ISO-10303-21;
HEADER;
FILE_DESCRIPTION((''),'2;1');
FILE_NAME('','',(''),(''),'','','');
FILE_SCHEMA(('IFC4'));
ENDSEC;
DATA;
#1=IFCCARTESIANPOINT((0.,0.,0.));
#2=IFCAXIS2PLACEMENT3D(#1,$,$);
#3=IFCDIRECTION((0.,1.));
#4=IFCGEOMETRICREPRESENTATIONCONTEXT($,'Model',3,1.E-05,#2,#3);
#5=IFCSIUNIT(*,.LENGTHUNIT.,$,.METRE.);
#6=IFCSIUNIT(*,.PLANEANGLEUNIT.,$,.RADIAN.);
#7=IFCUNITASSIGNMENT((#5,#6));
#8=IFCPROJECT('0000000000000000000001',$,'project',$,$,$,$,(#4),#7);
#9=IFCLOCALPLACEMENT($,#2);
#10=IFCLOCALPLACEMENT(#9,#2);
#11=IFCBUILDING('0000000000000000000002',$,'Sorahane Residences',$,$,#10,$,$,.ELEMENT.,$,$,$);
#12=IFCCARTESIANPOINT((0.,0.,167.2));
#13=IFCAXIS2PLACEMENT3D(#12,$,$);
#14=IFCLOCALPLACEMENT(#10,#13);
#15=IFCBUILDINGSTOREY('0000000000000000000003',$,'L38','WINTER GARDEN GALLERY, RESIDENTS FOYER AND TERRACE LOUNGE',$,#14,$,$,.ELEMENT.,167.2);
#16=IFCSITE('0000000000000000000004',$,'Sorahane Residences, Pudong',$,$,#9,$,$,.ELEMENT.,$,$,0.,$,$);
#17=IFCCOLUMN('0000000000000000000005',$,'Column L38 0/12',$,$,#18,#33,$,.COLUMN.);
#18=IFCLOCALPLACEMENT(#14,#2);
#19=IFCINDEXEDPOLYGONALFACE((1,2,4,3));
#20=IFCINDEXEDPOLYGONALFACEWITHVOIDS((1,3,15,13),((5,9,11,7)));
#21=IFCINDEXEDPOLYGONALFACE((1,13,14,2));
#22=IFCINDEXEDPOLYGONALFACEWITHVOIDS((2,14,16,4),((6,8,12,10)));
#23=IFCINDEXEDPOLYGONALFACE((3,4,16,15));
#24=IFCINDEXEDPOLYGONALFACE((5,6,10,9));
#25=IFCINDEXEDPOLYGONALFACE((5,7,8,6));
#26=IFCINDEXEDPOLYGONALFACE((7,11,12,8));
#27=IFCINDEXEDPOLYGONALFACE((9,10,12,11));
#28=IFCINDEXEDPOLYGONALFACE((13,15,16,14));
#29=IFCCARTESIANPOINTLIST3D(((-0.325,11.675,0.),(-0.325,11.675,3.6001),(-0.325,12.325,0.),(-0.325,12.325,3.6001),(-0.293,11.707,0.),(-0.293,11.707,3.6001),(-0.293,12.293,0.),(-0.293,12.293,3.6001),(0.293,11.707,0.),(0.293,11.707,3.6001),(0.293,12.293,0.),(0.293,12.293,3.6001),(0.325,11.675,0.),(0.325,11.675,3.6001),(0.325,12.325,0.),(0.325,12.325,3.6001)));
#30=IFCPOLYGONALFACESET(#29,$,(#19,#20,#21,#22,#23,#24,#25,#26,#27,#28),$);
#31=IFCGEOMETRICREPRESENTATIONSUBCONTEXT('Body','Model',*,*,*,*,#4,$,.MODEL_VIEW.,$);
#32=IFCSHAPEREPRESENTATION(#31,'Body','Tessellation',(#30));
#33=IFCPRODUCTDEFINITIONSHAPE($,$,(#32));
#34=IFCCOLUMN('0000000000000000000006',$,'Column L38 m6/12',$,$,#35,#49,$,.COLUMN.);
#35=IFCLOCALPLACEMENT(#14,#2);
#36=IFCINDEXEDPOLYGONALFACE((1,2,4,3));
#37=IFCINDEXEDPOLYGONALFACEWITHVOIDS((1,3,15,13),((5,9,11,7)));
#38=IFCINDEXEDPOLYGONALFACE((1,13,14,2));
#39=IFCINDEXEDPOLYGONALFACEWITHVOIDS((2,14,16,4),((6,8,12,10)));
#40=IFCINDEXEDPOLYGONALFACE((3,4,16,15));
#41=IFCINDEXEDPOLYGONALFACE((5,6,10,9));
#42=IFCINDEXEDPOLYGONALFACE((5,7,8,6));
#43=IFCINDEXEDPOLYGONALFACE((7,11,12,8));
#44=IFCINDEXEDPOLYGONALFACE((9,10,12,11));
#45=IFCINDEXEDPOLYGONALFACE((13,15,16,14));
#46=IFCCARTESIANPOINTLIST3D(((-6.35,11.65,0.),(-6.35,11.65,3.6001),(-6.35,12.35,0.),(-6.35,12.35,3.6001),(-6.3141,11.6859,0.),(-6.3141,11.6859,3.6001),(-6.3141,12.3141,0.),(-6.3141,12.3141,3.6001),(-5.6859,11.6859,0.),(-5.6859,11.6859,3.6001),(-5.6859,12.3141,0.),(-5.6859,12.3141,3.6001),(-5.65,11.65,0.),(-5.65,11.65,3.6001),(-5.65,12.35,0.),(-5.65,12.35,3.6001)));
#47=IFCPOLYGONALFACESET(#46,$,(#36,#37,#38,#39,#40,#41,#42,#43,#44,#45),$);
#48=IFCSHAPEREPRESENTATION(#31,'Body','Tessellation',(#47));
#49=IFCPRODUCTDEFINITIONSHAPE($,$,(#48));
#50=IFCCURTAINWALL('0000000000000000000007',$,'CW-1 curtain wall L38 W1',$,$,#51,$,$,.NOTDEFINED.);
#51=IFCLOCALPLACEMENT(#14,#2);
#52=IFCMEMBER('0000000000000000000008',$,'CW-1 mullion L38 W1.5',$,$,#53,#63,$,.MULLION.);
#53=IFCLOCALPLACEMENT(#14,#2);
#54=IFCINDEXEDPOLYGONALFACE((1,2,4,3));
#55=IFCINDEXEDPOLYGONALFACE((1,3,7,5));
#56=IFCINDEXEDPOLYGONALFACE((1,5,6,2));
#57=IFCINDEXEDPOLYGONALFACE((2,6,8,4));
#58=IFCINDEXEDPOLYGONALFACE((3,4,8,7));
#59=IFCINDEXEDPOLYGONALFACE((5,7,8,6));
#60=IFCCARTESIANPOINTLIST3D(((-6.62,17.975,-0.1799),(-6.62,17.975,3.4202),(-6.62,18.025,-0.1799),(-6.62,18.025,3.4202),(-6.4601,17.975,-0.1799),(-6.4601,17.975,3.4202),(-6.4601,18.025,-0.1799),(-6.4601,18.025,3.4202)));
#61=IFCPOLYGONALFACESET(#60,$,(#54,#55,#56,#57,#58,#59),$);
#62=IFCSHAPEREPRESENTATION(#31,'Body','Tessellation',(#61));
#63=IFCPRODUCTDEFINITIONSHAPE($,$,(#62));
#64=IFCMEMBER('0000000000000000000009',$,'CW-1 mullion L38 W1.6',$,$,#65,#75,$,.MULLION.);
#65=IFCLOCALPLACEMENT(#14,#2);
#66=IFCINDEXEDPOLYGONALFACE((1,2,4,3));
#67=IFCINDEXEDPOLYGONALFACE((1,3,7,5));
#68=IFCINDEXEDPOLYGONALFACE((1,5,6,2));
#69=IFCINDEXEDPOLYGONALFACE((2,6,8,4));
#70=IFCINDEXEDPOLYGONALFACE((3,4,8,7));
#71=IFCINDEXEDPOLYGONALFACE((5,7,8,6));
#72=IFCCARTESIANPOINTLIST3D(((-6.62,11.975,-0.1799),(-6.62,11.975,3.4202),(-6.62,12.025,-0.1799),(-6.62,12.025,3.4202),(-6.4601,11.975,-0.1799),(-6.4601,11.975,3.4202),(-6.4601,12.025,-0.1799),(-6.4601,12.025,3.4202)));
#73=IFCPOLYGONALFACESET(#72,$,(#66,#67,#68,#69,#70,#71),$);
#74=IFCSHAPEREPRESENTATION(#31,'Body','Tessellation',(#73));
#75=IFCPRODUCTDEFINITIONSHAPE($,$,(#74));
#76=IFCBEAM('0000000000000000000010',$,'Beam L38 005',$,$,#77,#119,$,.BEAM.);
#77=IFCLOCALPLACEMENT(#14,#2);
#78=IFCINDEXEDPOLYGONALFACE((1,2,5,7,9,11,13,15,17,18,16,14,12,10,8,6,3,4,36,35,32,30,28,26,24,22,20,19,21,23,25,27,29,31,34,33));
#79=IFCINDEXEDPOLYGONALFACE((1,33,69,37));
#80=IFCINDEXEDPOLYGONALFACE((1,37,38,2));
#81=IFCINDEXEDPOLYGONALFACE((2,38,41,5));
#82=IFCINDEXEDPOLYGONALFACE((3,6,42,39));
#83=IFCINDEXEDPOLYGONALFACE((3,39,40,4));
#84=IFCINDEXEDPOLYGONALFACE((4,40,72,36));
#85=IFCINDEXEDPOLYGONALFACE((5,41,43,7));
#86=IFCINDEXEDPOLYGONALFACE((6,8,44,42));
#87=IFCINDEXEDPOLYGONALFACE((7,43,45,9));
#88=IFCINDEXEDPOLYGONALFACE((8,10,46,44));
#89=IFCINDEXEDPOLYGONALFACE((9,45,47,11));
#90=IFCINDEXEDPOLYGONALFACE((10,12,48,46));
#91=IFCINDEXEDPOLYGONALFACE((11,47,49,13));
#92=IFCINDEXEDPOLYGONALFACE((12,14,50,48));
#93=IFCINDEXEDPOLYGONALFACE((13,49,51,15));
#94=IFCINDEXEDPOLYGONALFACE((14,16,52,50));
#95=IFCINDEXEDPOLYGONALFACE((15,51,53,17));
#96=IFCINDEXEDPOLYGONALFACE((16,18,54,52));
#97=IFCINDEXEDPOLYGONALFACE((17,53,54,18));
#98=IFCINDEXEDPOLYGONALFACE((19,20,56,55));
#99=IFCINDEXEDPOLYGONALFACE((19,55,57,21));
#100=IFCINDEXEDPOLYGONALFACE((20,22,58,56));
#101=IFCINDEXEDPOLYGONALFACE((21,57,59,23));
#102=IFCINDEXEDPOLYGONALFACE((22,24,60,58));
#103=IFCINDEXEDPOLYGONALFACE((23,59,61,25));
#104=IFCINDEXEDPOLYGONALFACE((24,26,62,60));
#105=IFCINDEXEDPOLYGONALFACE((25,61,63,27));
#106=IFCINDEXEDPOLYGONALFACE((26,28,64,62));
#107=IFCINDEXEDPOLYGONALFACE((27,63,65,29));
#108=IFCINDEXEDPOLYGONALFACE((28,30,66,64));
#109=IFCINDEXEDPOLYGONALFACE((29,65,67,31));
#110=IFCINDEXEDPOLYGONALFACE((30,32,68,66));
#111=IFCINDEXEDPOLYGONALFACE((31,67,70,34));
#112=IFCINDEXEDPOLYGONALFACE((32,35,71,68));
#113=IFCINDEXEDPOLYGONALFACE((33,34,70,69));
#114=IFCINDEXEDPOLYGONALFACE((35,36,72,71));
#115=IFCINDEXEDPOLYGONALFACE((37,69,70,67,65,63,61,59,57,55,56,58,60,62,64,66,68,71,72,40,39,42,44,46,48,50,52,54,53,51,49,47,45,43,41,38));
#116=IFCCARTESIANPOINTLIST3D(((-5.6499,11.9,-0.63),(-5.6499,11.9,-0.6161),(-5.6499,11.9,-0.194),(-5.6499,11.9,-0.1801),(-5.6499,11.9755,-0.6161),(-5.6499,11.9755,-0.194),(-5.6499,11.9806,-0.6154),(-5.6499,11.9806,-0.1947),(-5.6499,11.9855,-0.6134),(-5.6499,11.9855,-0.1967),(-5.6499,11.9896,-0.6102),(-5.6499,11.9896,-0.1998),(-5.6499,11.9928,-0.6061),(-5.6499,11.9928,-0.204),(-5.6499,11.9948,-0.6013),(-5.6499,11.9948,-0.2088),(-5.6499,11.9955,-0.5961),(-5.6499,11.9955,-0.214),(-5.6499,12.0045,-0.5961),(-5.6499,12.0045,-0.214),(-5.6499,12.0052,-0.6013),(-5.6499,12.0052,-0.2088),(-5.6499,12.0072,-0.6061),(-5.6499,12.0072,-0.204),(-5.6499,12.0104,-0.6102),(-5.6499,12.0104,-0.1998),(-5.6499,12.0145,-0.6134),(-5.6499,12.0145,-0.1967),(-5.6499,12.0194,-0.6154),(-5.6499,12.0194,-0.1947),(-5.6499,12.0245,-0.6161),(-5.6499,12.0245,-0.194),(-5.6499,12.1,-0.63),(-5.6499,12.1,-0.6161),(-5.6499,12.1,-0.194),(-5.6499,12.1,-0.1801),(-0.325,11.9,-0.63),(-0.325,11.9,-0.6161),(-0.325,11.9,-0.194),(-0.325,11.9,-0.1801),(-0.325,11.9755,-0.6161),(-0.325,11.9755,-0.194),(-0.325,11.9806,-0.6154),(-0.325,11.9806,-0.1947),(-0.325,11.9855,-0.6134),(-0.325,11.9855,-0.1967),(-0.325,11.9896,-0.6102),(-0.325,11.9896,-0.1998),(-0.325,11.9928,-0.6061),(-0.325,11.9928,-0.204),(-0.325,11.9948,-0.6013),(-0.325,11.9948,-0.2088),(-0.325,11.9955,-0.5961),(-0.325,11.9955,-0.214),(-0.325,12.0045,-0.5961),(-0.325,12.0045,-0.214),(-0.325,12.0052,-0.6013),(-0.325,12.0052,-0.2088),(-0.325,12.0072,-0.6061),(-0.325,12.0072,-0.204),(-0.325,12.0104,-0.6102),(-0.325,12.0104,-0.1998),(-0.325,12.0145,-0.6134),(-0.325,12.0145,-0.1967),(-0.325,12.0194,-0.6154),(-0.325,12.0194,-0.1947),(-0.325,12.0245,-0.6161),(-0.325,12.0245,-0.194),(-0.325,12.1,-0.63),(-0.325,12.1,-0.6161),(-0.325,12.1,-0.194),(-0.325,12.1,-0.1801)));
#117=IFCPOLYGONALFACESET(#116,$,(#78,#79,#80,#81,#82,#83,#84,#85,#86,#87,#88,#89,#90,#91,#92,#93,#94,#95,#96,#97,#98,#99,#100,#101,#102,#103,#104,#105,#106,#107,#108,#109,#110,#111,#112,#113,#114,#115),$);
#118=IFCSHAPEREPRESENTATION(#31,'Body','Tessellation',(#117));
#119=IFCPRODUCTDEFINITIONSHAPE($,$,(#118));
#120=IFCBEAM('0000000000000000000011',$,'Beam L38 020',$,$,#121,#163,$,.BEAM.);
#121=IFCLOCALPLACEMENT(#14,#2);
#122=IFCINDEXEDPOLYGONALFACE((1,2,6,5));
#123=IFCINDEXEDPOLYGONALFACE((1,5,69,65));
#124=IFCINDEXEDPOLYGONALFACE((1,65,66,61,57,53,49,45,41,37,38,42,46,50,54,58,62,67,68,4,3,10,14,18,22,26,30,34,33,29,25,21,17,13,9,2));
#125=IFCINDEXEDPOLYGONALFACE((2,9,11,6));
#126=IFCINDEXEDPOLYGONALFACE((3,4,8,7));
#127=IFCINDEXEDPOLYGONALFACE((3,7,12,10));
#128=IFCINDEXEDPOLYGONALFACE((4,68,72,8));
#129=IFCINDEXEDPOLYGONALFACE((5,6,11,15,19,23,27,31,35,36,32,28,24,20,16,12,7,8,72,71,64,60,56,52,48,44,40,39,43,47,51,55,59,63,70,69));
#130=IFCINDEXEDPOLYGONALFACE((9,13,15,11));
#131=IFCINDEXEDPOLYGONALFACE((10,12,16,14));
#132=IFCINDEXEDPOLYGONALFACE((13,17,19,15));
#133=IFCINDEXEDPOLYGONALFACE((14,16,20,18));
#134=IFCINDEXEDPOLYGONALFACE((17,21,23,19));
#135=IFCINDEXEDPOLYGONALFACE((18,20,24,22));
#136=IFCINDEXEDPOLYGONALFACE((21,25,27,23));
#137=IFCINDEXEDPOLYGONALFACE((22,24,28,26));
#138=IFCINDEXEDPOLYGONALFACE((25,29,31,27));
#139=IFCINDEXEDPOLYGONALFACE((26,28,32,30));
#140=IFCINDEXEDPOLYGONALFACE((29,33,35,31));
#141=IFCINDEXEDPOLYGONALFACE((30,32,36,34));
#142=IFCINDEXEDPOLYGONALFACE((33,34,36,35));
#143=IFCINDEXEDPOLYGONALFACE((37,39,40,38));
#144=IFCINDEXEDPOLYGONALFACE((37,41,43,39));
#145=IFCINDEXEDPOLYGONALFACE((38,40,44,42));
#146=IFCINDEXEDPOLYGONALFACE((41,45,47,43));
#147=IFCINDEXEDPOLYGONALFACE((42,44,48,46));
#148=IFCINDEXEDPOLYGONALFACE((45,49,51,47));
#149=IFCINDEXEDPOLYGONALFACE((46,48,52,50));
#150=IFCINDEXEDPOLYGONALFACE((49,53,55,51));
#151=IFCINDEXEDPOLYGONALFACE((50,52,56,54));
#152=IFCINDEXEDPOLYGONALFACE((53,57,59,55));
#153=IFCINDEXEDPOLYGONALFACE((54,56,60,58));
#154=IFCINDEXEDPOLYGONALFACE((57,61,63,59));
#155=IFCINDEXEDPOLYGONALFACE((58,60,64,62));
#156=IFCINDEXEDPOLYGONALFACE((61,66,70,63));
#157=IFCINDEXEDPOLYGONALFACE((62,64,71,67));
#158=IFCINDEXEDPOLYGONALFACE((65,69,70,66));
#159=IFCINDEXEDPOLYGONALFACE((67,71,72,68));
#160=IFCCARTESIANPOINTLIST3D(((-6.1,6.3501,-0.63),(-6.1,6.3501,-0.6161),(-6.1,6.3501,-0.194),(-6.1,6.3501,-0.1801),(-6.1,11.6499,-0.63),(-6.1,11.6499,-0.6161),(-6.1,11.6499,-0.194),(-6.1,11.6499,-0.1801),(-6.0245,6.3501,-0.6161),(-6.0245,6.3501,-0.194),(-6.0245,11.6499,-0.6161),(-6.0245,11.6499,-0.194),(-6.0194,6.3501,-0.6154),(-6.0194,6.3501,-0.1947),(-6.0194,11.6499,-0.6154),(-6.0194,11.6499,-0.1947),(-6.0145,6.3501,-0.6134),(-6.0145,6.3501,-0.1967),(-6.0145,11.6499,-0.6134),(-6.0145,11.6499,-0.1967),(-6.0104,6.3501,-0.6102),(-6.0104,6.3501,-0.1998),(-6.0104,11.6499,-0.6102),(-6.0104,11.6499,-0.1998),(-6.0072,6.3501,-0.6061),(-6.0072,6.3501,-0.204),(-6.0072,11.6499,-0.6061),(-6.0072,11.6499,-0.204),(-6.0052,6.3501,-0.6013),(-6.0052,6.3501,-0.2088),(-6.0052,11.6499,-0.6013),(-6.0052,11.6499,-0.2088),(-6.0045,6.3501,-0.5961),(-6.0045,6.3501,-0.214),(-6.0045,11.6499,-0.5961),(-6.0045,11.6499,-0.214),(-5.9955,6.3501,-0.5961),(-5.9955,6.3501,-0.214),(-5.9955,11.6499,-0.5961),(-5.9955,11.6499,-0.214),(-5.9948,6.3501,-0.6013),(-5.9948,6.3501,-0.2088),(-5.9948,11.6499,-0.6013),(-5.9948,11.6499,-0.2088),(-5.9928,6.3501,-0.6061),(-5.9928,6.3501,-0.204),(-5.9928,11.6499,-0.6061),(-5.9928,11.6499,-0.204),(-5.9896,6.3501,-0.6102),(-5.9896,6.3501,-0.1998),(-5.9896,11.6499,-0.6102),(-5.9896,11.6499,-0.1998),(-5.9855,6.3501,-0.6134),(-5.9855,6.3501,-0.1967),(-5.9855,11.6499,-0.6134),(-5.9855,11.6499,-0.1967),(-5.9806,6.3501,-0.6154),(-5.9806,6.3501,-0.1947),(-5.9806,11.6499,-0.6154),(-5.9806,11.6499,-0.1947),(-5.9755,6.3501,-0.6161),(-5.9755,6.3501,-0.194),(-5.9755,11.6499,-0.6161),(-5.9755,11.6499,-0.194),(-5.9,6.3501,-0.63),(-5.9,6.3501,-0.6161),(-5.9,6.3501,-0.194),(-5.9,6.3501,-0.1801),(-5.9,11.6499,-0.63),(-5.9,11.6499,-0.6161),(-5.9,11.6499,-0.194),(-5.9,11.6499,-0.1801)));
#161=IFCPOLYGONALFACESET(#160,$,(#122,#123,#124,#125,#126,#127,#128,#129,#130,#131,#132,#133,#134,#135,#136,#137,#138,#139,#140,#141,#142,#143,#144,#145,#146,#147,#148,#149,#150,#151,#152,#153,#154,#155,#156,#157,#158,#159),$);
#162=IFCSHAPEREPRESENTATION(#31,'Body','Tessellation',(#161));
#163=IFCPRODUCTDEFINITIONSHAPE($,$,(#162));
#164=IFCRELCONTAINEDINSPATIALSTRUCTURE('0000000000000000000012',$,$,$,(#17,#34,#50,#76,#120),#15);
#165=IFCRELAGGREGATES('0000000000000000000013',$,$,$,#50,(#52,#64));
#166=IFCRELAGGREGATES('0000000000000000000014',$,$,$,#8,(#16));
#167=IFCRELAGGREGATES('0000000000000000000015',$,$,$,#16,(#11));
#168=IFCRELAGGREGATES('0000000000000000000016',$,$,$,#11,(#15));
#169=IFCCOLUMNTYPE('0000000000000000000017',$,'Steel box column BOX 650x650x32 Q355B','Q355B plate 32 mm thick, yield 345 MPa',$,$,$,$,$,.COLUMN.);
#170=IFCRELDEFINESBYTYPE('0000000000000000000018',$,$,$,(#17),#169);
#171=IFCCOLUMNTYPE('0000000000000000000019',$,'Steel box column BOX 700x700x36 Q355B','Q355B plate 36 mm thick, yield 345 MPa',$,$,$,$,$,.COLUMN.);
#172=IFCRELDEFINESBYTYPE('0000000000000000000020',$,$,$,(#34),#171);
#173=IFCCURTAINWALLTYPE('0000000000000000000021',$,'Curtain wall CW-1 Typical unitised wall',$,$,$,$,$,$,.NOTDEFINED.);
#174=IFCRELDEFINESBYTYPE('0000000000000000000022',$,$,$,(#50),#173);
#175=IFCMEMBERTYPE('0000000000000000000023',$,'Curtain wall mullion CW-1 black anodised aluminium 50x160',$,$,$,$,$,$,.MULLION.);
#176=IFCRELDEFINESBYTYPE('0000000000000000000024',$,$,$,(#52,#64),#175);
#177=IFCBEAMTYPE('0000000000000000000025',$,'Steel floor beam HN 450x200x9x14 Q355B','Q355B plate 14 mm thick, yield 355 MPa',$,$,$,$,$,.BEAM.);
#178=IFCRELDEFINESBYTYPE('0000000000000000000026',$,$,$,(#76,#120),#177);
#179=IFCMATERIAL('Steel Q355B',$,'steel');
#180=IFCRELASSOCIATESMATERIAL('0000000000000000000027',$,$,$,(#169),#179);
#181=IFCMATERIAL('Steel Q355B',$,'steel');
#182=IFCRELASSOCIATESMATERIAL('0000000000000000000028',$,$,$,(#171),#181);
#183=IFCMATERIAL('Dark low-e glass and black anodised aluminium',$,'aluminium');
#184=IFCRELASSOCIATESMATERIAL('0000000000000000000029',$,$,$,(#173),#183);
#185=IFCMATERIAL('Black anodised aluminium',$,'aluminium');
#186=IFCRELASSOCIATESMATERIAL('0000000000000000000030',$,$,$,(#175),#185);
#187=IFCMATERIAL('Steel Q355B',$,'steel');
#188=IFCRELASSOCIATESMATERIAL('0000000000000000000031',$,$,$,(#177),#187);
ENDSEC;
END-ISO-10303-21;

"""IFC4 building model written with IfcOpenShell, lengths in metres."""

from ifc_helpers import new_model, si_unit, direction, frame, origin, origin_2d, place, context, subcontext, project, spatial, rectangle, hollow_rectangle, i_section, extrude, material, material_profile, profile_set, type_object, element, aggregate, save


model = new_model("IFC4")

# Units and contexts
model_context = context("Model", 3, precision=1e-05, world=origin(), true_north=direction((0.0, 1.0)))
body_context = subcontext(model_context, "Body", "Model", "MODEL_VIEW")
ifc_project = project(units=[si_unit("LENGTHUNIT", "METRE"), si_unit("PLANEANGLEUNIT", "RADIAN")], contexts=[model_context])

# Site, building, storey
site_placement = place(None, origin())
site = spatial("IfcSite", under=ifc_project, at=site_placement, Name="Sorahane Residences, Pudong", CompositionType="ELEMENT", RefElevation=0.0)
building_placement = place(site_placement, origin())
building = spatial("IfcBuilding", under=site, at=building_placement, Name="Sorahane Residences", CompositionType="ELEMENT")
storey_placement = place(building_placement, frame((0.0, 0.0, 167.2)))
storey = spatial("IfcBuildingStorey", under=building, at=storey_placement, Name="L38", Description="WINTER GARDEN GALLERY, RESIDENTS FOYER AND TERRACE LOUNGE", CompositionType="ELEMENT", Elevation=167.2)

# Columns
ifc_material_1 = material(Name="Steel Q355B", Category="steel")
ifc_material_profile_1 = material_profile(ifc_material_1, hollow_rectangle(XDim=0.6499, YDim=0.6499, WallThickness=0.032, at=origin_2d()), Name="BOX 650x650x32")
ifc_profile_set_1 = profile_set([ifc_material_profile_1], Name="Steel Q355B")
column_type_1 = type_object("IfcColumnType", Name="Steel box column BOX 650x650x32 Q355B", Description="Q355B plate 32 mm thick, yield 345 MPa", PredefinedType="COLUMN", material=ifc_profile_set_1)
column_1_placement = place(storey_placement, frame((0.0, 12.0, 0.0), z_axis=(0.0, 0.0, 1.0), x_axis=(1.0, 0.0, 0.0)))
element("IfcColumn", 1, at=column_1_placement, inside=storey, type_object=column_type_1, Name="Column L38 0/12", PredefinedType="COLUMN", context=body_context, shape_type="SweptSolid", body=[
    extrude(hollow_rectangle(XDim=0.6499, YDim=0.6499, WallThickness=0.032, at=origin_2d()), origin(), (0.0, 0.0, 1.0), 3.6001),
])
ifc_material_2 = material(Name="Steel Q355B", Category="steel")
ifc_material_profile_2 = material_profile(ifc_material_2, hollow_rectangle(XDim=0.7, YDim=0.7, WallThickness=0.0359, at=origin_2d()), Name="BOX 700x700x36")
ifc_profile_set_2 = profile_set([ifc_material_profile_2], Name="Steel Q355B")
column_type_2 = type_object("IfcColumnType", Name="Steel box column BOX 700x700x36 Q355B", Description="Q355B plate 36 mm thick, yield 345 MPa", PredefinedType="COLUMN", material=ifc_profile_set_2)
column_2_placement = place(storey_placement, frame((-6.0, 12.0, 0.0), z_axis=(0.0, 0.0, 1.0), x_axis=(1.0, 0.0, 0.0)))
element("IfcColumn", 2, at=column_2_placement, inside=storey, type_object=column_type_2, Name="Column L38 m6/12", PredefinedType="COLUMN", context=body_context, shape_type="SweptSolid", body=[
    extrude(hollow_rectangle(XDim=0.7, YDim=0.7, WallThickness=0.0359, at=origin_2d()), origin(), (0.0, 0.0, 1.0), 3.6001),
])

# Curtain wall, members
ifc_material_3 = material(Name="Dark low-e glass and black anodised aluminium", Category="aluminium")
curtain_wall_type = type_object("IfcCurtainWallType", Name="Curtain wall CW-1 Typical unitised wall", PredefinedType="NOTDEFINED", material=ifc_material_3)
curtain_wall_placement = place(storey_placement, origin())
curtain_wall = element("IfcCurtainWall", 3, at=curtain_wall_placement, inside=storey, type_object=curtain_wall_type, Name="CW-1 curtain wall L38 W1", PredefinedType="NOTDEFINED")
ifc_material_4 = material(Name="Black anodised aluminium", Category="aluminium")
ifc_material_profile_3 = material_profile(ifc_material_4, rectangle(XDim=0.1599, YDim=0.05, at=origin_2d()), Name="Curtain wall mullion CW-1 black anodised aluminium 50x160")
ifc_profile_set_3 = profile_set([ifc_material_profile_3], Name="Black anodised aluminium")
member_type = type_object("IfcMemberType", Name="Curtain wall mullion CW-1 black anodised aluminium 50x160", PredefinedType="MULLION", material=ifc_profile_set_3)
member_1_placement = place(storey_placement, frame((-6.54, 18.0, -0.1799), z_axis=(0.0, 0.0, 1.0), x_axis=(-1.0, 0.0, 0.0)))
member_1 = element("IfcMember", 4, at=member_1_placement, type_object=member_type, Name="CW-1 mullion L38 W1.5", PredefinedType="MULLION", context=body_context, shape_type="SweptSolid", body=[
    extrude(rectangle(XDim=0.1599, YDim=0.05, at=origin_2d()), origin(), (0.0, 0.0, 1.0), 3.6001),
])
member_2_placement = place(storey_placement, frame((-6.54, 12.0, -0.1799), z_axis=(0.0, 0.0, 1.0), x_axis=(-1.0, 0.0, 0.0)))
member_2 = element("IfcMember", 5, at=member_2_placement, type_object=member_type, Name="CW-1 mullion L38 W1.6", PredefinedType="MULLION", context=body_context, shape_type="SweptSolid", body=[
    extrude(rectangle(XDim=0.1599, YDim=0.05, at=origin_2d()), origin(), (0.0, 0.0, 1.0), 3.6001),
])

# Beams
ifc_material_5 = material(Name="Steel Q355B", Category="steel")
ifc_material_profile_4 = material_profile(ifc_material_5, i_section(OverallWidth=0.2, OverallDepth=0.45, WebThickness=0.009, FlangeThickness=0.0139, FilletRadius=0.02, at=origin_2d()), Name="HN 450x200x9x14")
ifc_profile_set_4 = profile_set([ifc_material_profile_4], Name="Steel Q355B")
beam_type_1 = type_object("IfcBeamType", Name="Steel floor beam HN 450x200x9x14 Q355B", Description="Q355B plate 14 mm thick, yield 355 MPa", PredefinedType="BEAM", material=ifc_profile_set_4)
beam_1_placement = place(storey_placement, frame((-5.6499, 12.0, -0.405), z_axis=(1.0, 0.0, 0.0), x_axis=(0.0, 1.0, 0.0)))
element("IfcBeam", 6, at=beam_1_placement, inside=storey, type_object=beam_type_1, Name="Beam L38 005", PredefinedType="BEAM", context=body_context, shape_type="SweptSolid", body=[
    extrude(i_section(OverallWidth=0.2, OverallDepth=0.45, WebThickness=0.009, FlangeThickness=0.0139, FilletRadius=0.02, at=origin_2d()), origin(), (0.0, 0.0, 1.0), 5.325),
])
beam_2_placement = place(storey_placement, frame((-6.0, 6.3501, -0.405), z_axis=(0.0, 1.0, 0.0), x_axis=(-1.0, 0.0, 0.0)))
element("IfcBeam", 7, at=beam_2_placement, inside=storey, type_object=beam_type_1, Name="Beam L38 020", PredefinedType="BEAM", context=body_context, shape_type="SweptSolid", body=[
    extrude(i_section(OverallWidth=0.2, OverallDepth=0.45, WebThickness=0.009, FlangeThickness=0.0139, FilletRadius=0.02, at=origin_2d()), origin(), (0.0, 0.0, 1.0), 5.2998),
])

aggregate(curtain_wall, [member_1, member_2])

save(model, "model.ifc")
